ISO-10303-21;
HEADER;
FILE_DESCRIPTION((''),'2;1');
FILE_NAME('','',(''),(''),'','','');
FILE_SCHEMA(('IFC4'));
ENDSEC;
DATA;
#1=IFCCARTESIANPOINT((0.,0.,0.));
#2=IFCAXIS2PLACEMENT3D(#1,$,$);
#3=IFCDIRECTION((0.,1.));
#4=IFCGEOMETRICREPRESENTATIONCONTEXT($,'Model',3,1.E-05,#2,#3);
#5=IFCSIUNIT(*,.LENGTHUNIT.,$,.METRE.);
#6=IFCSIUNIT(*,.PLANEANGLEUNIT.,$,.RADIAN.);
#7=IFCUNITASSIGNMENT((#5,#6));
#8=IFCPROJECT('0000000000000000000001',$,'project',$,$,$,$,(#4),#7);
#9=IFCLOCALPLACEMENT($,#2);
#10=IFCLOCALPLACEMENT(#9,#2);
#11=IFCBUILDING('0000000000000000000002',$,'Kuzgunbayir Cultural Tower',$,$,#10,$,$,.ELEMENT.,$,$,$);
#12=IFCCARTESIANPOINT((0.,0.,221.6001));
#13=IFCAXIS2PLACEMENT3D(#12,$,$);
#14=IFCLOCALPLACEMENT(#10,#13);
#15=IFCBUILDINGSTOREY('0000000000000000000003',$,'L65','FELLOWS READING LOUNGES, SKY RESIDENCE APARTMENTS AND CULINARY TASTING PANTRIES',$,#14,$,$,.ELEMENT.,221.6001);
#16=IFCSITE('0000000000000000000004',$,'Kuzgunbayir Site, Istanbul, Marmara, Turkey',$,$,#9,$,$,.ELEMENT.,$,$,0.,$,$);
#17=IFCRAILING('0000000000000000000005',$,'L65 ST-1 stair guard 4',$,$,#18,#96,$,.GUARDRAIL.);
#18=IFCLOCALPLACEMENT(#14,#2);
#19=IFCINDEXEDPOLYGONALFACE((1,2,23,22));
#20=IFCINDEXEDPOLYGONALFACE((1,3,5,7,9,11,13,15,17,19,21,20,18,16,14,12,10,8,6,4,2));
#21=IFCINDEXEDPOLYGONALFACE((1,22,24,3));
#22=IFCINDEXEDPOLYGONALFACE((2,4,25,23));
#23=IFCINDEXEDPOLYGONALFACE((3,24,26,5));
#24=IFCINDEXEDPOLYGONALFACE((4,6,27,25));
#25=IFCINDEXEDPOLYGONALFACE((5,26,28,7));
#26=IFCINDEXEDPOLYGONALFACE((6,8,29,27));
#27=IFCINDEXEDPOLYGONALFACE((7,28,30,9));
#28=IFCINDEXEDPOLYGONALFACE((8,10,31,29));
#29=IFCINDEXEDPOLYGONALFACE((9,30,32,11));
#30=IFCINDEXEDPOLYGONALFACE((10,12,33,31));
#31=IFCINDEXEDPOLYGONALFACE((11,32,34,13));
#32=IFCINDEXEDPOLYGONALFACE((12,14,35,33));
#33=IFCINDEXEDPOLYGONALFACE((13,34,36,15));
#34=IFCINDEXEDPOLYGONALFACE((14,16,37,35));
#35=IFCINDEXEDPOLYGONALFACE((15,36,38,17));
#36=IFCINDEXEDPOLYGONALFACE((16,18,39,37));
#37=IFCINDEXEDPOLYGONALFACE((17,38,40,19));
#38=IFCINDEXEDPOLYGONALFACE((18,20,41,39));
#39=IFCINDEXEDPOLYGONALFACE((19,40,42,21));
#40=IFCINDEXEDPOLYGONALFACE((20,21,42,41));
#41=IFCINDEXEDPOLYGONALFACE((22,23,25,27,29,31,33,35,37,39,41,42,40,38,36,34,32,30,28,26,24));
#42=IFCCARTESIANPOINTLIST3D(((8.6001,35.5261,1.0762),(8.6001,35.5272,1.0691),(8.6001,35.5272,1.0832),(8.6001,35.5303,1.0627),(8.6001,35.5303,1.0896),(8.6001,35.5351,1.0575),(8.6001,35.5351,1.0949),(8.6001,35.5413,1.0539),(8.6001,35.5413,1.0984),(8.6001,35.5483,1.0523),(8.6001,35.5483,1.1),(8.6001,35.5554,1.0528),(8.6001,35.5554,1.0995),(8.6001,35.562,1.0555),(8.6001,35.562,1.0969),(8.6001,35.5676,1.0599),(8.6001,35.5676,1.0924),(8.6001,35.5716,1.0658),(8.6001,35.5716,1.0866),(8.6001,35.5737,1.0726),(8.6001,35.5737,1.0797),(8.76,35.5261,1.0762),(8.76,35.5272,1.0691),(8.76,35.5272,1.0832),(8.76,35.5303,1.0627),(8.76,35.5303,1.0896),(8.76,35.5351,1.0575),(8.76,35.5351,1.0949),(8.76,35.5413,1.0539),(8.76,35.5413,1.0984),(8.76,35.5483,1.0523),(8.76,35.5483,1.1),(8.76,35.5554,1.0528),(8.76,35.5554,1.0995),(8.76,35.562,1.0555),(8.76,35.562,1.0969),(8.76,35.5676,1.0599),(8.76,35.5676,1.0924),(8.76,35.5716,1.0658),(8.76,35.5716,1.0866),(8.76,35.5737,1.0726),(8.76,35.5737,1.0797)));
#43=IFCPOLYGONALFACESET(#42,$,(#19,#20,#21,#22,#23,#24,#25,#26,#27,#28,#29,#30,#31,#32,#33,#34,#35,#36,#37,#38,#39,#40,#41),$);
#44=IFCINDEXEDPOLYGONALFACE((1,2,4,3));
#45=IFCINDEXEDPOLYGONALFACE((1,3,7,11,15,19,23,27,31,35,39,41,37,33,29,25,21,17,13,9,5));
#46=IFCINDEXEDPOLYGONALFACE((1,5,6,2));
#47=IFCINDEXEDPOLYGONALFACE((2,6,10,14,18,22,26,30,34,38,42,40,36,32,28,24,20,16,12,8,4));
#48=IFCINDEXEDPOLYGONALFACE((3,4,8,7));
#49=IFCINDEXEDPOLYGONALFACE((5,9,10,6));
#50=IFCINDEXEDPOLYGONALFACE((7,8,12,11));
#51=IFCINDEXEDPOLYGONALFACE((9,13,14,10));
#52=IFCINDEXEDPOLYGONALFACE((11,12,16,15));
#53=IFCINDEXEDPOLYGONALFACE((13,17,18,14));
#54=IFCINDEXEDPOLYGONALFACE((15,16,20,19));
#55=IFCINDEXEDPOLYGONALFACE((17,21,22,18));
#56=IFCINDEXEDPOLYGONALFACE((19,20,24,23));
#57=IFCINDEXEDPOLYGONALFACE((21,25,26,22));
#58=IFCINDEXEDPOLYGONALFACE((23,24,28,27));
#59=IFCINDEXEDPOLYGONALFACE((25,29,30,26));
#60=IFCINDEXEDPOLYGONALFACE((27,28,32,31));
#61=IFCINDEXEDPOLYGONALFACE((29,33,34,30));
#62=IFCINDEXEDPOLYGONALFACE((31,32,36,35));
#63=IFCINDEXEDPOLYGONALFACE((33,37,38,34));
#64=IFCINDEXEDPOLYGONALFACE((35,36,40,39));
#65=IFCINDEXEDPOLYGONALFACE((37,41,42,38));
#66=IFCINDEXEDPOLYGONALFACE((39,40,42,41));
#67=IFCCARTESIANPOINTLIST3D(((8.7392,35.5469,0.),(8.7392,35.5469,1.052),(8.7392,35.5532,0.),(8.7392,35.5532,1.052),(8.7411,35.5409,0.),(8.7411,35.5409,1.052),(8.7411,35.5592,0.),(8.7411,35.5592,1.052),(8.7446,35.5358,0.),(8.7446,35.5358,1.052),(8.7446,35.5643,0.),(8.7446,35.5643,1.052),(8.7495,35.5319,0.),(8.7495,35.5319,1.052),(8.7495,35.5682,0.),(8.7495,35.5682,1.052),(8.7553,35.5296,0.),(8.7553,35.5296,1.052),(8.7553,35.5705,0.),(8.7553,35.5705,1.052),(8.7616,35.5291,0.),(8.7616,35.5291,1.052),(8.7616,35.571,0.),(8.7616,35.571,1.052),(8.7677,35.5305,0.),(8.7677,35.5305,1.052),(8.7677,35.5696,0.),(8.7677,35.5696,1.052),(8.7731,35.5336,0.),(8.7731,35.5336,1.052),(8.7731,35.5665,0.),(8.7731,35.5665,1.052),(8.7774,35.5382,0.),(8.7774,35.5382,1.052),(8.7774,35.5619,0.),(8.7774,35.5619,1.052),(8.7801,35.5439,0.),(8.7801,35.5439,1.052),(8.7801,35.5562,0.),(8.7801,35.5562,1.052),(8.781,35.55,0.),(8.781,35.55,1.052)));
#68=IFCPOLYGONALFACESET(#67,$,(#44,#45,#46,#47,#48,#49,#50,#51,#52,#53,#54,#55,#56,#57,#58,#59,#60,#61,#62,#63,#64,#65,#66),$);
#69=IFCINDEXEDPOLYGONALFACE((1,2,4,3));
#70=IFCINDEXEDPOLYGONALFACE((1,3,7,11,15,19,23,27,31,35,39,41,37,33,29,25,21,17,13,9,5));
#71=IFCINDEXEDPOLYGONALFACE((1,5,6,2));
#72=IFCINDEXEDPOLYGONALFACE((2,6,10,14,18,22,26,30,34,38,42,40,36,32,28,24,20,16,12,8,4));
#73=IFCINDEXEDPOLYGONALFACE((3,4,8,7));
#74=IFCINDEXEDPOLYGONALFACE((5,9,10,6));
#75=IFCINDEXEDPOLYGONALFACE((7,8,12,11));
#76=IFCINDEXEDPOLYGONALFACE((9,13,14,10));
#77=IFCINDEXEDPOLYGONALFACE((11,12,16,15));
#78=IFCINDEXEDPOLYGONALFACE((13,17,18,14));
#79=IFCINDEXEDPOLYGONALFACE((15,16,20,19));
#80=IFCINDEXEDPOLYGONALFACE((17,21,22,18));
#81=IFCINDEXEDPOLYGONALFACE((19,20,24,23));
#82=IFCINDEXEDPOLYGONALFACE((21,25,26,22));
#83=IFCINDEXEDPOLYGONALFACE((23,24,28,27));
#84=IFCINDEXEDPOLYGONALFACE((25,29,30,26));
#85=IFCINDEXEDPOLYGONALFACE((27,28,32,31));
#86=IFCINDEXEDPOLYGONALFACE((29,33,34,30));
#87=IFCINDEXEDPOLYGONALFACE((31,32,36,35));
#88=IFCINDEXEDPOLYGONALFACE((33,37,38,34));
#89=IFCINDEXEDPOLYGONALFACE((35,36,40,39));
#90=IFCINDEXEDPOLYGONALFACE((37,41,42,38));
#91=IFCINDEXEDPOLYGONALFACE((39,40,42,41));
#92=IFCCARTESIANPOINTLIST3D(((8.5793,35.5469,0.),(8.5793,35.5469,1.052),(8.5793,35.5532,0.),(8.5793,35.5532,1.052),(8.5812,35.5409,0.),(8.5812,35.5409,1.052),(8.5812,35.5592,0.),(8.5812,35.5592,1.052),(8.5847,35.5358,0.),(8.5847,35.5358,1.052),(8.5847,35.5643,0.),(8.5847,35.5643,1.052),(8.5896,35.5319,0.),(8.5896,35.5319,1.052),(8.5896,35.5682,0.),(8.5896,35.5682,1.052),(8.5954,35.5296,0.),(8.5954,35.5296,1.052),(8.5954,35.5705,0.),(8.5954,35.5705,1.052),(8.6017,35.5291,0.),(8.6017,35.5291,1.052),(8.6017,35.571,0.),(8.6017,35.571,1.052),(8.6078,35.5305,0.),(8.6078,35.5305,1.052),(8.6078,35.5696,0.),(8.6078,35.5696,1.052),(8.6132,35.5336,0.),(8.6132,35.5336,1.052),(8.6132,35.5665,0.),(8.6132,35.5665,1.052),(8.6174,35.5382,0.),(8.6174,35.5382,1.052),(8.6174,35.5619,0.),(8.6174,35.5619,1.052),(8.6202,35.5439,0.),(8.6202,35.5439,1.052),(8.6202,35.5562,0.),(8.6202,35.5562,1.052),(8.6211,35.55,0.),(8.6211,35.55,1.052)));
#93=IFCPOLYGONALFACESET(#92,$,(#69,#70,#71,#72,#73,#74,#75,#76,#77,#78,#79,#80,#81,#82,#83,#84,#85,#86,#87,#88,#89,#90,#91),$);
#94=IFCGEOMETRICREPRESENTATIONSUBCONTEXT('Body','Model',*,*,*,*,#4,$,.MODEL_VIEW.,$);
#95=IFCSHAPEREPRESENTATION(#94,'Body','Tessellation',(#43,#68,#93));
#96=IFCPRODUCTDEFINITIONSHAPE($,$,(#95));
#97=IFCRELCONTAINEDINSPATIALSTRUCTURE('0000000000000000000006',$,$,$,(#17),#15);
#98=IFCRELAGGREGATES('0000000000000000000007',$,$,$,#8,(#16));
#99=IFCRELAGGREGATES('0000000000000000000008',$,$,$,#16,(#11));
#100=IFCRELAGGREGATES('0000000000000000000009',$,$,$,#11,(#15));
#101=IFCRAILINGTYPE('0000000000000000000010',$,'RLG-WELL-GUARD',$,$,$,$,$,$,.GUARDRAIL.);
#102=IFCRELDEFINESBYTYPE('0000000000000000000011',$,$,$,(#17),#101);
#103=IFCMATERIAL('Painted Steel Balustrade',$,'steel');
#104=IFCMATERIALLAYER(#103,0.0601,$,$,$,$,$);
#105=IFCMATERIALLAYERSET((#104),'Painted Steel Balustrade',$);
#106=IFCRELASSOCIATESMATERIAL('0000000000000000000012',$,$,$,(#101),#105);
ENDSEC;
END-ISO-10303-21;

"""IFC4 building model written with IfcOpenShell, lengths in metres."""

from ifc_helpers import new_model, si_unit, direction, frame, origin, origin_2d, place, context, subcontext, project, spatial, circle, extrude, material, layer, layer_set, type_object, element, save


model = new_model("IFC4")

# Units and contexts
model_context = context("Model", 3, precision=1e-05, world=origin(), true_north=direction((0.0, 1.0)))
body_context = subcontext(model_context, "Body", "Model", "MODEL_VIEW")
ifc_project = project(units=[si_unit("LENGTHUNIT", "METRE"), si_unit("PLANEANGLEUNIT", "RADIAN")], contexts=[model_context])

# Site, building, storey
site_placement = place(None, origin())
site = spatial("IfcSite", under=ifc_project, at=site_placement, Name="Kuzgunbayir Site, Istanbul, Marmara, Turkey", CompositionType="ELEMENT", RefElevation=0.0)
building_placement = place(site_placement, origin())
building = spatial("IfcBuilding", under=site, at=building_placement, Name="Kuzgunbayir Cultural Tower", CompositionType="ELEMENT")
storey_placement = place(building_placement, frame((0.0, 0.0, 221.6001)))
storey = spatial("IfcBuildingStorey", under=building, at=storey_placement, Name="L65", Description="FELLOWS READING LOUNGES, SKY RESIDENCE APARTMENTS AND CULINARY TASTING PANTRIES", CompositionType="ELEMENT", Elevation=221.6001)

# Railing
ifc_material_1 = material(Name="Painted Steel Balustrade", Category="steel")
ifc_layer_1 = layer(ifc_material_1, 0.0601)
ifc_layer_set_1 = layer_set([ifc_layer_1], Name="Painted Steel Balustrade")
railing_type = type_object("IfcRailingType", Name="RLG-WELL-GUARD", PredefinedType="GUARDRAIL", material=ifc_layer_set_1)
railing_1_placement = place(storey_placement, frame((8.76, 35.55, 0.0)))
element("IfcRailing", 1, at=railing_1_placement, inside=storey, type_object=railing_type, Name="L65 ST-1 stair guard 4", PredefinedType="GUARDRAIL", context=body_context, shape_type="SweptSolid", body=[
    extrude(circle(Radius=0.0239, at=origin_2d()), frame((0.0, 0.0, 1.0762), z_axis=(-1.0, 0.0, 0.0), x_axis=(0.0, -1.0, 0.0)), (0.0, 0.0, 1.0), 0.1599),
    extrude(circle(Radius=0.021, at=origin_2d()), origin(), (0.0, 0.0, 1.0), 1.052),
    extrude(circle(Radius=0.021, at=origin_2d()), frame((-0.1599, 0.0, 0.0)), (0.0, 0.0, 1.0), 1.052),
])

save(model, "model.ifc")
